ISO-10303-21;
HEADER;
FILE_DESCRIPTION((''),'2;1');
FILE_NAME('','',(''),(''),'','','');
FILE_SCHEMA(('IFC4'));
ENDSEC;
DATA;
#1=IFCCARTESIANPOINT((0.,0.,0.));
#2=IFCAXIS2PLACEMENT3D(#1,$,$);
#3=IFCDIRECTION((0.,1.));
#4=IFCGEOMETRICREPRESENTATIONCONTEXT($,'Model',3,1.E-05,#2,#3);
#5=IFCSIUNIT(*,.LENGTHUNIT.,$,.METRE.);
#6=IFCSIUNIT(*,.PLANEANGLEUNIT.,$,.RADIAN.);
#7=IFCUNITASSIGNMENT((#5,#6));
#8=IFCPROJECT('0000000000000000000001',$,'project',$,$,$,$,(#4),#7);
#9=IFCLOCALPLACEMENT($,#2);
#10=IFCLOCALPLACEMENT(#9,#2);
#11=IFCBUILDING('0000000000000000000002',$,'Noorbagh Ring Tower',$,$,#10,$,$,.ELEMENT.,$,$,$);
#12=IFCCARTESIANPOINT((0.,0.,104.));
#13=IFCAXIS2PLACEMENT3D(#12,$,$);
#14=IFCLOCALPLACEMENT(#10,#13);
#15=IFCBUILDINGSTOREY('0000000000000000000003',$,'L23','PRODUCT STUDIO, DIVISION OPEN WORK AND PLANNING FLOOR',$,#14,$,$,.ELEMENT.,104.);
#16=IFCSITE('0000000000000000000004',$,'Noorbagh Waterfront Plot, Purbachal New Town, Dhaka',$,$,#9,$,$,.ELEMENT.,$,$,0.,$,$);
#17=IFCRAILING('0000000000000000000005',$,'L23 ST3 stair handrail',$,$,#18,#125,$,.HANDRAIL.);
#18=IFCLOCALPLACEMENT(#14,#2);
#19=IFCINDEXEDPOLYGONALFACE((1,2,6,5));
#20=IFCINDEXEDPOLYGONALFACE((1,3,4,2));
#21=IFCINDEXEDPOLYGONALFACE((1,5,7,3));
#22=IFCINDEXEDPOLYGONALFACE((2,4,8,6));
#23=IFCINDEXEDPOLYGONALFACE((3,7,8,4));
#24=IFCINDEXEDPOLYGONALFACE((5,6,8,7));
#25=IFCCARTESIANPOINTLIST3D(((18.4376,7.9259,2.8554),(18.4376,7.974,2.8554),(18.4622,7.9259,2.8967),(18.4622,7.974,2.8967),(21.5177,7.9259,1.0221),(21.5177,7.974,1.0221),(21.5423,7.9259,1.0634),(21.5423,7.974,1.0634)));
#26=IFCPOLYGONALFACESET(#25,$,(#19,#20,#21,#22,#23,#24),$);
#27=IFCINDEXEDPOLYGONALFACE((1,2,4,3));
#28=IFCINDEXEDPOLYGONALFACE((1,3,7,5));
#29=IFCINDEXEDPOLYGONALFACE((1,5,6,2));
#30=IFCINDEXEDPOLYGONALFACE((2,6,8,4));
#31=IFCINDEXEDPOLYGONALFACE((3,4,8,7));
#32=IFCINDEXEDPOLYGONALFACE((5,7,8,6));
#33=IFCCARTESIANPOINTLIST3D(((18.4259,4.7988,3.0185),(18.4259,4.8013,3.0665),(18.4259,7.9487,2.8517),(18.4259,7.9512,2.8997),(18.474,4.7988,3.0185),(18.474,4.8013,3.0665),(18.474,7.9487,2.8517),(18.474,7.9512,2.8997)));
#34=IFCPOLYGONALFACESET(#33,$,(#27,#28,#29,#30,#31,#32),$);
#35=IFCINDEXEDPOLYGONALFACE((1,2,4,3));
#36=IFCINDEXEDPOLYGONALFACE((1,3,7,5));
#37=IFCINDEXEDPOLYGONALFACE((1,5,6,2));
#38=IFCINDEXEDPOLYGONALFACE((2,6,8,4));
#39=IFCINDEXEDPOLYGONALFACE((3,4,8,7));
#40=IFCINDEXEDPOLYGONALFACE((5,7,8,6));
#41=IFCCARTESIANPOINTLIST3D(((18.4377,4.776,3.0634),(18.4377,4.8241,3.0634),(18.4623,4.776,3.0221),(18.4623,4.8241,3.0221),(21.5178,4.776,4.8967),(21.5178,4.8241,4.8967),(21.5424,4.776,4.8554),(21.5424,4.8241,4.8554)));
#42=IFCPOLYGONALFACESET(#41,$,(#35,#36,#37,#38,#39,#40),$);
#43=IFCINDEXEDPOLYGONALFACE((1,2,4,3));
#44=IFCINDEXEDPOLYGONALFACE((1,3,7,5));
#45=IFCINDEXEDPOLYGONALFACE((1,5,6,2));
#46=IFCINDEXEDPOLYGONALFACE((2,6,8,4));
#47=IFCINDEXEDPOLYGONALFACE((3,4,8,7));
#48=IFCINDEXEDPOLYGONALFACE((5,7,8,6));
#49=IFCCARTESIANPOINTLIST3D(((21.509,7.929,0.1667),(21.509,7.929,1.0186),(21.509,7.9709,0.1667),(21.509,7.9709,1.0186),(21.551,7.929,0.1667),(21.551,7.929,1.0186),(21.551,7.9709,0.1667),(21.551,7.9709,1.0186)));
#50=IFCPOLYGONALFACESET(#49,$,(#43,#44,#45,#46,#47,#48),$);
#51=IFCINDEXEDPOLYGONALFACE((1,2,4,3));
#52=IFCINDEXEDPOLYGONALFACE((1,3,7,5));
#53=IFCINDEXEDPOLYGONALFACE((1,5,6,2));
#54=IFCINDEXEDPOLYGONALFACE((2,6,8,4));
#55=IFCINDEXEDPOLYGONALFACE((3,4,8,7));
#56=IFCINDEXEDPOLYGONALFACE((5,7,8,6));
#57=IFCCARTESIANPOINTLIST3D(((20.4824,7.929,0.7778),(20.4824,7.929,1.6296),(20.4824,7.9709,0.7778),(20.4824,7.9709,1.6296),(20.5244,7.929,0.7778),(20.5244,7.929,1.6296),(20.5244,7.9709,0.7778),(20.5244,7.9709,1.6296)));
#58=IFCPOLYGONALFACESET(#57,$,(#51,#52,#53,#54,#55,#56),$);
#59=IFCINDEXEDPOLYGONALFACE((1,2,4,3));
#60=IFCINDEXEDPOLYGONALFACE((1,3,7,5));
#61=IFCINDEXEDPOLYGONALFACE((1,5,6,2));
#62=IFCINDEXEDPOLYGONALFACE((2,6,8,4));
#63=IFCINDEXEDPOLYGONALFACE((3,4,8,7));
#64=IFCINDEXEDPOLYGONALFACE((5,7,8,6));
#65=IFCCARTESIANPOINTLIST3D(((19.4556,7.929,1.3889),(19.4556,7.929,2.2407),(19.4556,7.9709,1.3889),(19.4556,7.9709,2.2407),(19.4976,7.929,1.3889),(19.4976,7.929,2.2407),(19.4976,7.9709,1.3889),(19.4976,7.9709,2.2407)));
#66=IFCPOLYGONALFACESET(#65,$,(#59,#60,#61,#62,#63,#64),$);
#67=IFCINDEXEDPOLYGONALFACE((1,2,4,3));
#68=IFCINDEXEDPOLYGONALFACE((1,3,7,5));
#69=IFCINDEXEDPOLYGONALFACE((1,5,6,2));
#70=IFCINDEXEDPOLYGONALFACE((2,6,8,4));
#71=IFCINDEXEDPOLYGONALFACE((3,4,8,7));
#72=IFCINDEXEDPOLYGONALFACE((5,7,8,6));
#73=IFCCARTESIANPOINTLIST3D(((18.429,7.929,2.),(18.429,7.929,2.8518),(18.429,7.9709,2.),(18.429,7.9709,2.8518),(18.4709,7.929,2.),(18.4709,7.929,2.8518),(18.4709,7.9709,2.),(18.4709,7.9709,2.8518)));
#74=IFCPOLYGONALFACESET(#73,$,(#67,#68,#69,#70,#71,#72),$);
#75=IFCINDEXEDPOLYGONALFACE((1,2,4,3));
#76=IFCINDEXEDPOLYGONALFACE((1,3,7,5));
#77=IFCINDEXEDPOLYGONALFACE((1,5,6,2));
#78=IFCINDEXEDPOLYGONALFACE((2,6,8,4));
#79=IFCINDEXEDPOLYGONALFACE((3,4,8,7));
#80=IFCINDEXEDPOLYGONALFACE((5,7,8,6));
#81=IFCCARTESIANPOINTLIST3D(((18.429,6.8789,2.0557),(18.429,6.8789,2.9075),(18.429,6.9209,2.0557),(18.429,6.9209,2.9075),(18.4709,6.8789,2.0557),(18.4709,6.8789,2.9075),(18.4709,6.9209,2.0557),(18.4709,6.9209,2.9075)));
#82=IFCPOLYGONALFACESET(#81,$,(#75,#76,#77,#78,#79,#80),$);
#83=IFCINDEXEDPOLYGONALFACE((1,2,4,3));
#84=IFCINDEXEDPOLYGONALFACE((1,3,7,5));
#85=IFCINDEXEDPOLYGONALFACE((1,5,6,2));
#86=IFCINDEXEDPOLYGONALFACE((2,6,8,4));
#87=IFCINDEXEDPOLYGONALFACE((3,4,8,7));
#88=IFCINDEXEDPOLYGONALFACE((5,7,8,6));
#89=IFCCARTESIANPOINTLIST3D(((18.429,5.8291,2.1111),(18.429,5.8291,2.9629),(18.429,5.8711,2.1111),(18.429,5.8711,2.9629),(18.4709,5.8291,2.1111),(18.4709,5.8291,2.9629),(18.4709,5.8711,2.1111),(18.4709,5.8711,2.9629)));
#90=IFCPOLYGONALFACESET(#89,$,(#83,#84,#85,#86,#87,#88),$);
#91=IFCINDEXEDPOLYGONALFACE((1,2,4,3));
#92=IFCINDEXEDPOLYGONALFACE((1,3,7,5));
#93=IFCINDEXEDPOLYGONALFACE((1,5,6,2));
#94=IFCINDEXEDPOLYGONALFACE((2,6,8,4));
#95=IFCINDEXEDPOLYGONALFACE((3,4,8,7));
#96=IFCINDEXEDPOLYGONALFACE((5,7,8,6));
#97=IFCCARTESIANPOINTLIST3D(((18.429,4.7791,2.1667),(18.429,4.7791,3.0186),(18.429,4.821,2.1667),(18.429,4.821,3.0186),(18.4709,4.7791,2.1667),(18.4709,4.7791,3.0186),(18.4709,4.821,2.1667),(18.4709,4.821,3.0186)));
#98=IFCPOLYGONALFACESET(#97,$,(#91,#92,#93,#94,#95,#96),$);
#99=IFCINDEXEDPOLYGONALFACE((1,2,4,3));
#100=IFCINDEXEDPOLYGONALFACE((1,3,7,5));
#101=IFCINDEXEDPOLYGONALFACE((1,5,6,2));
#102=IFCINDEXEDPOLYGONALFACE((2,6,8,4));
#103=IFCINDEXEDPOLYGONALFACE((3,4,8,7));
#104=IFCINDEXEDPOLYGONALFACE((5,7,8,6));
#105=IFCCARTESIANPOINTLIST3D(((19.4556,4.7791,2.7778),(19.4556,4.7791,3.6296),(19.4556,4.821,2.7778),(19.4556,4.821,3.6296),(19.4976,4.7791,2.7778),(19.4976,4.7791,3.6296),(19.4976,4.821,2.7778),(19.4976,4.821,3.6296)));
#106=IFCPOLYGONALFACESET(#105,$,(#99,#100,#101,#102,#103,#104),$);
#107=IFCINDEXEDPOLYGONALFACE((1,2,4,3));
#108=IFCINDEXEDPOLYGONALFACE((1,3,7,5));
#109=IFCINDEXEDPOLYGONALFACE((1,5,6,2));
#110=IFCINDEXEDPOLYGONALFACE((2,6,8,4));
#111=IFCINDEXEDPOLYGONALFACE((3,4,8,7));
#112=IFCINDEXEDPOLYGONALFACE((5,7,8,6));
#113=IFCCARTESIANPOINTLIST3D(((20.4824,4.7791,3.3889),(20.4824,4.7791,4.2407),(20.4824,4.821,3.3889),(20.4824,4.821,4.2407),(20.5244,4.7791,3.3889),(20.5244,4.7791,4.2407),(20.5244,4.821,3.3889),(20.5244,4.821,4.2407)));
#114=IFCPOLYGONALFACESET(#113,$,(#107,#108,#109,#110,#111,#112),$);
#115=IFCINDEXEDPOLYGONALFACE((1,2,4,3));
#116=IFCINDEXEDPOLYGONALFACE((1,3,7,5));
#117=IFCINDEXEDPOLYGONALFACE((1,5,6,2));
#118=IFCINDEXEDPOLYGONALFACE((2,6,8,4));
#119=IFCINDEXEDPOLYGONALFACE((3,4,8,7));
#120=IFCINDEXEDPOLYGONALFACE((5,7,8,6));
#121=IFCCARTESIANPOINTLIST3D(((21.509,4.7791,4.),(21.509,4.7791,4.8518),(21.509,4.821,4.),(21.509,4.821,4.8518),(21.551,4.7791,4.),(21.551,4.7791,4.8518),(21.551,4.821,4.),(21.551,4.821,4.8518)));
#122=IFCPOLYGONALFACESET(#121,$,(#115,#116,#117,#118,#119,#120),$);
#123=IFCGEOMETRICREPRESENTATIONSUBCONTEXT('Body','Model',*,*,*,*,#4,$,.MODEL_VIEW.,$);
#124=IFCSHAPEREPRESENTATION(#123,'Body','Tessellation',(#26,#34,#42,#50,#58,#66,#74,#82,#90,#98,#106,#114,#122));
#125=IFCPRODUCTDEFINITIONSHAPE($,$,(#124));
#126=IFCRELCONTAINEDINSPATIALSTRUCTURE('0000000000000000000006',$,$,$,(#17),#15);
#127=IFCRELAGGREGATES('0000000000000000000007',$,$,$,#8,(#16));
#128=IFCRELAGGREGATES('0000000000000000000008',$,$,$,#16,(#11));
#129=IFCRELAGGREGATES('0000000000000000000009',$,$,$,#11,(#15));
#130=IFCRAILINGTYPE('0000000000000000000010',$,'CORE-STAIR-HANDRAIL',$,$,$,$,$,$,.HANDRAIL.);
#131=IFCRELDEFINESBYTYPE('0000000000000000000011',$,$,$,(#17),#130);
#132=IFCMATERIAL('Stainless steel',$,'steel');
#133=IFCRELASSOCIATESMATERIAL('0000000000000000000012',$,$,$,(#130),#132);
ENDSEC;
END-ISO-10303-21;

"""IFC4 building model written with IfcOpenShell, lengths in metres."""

from ifc_helpers import new_model, si_unit, direction, frame, origin, origin_2d, place, context, subcontext, project, spatial, rectangle, extrude, material, type_object, element, save


model = new_model("IFC4")

# Units and contexts
model_context = context("Model", 3, precision=1e-05, world=origin(), true_north=direction((0.0, 1.0)))
body_context = subcontext(model_context, "Body", "Model", "MODEL_VIEW")
ifc_project = project(units=[si_unit("LENGTHUNIT", "METRE"), si_unit("PLANEANGLEUNIT", "RADIAN")], contexts=[model_context])

# Site, building, storey
site_placement = place(None, origin())
site = spatial("IfcSite", under=ifc_project, at=site_placement, Name="Noorbagh Waterfront Plot, Purbachal New Town, Dhaka", CompositionType="ELEMENT", RefElevation=0.0)
building_placement = place(site_placement, origin())
building = spatial("IfcBuilding", under=site, at=building_placement, Name="Noorbagh Ring Tower", CompositionType="ELEMENT")
storey_placement = place(building_placement, frame((0.0, 0.0, 104.0)))
storey = spatial("IfcBuildingStorey", under=building, at=storey_placement, Name="L23", Description="PRODUCT STUDIO, DIVISION OPEN WORK AND PLANNING FLOOR", CompositionType="ELEMENT", Elevation=104.0)

# Railing
ifc_material_1 = material(Name="Stainless steel", Category="steel")
railing_type_1 = type_object("IfcRailingType", Name="CORE-STAIR-HANDRAIL", PredefinedType="HANDRAIL", material=ifc_material_1)
railing_1_placement = place(storey_placement, frame((21.53, 7.95, 0.1667)))
element("IfcRailing", 1, at=railing_1_placement, inside=storey, type_object=railing_type_1, Name="L23 ST3 stair handrail", PredefinedType="HANDRAIL", context=body_context, shape_type="SweptSolid", body=[
    extrude(rectangle(XDim=0.0481, YDim=0.0481, at=origin_2d()), frame((0.0, 0.0, 0.876), z_axis=(-0.859309, 0.0, 0.511458), x_axis=(0.0, -1.0, 0.0)), (0.0, 0.0, 1.0), 3.5845),
    extrude(rectangle(XDim=0.0481, YDim=0.0481, at=origin_2d()), frame((-3.0801, 0.0, 2.709), z_axis=(0.0, -0.998602, 0.052864), x_axis=(1.0, 0.0, 0.0)), (0.0, 0.0, 1.0), 3.1543),
    extrude(rectangle(XDim=0.0481, YDim=0.0481, at=origin_2d()), frame((-3.0801, -3.1499, 2.876), z_axis=(0.859309, 0.0, 0.511458), x_axis=(0.0, 1.0, 0.0)), (0.0, 0.0, 1.0), 3.5845),
    extrude(rectangle(XDim=0.042, YDim=0.042, at=origin_2d()), origin(), (0.0, 0.0, 1.0), 0.8518),
    extrude(rectangle(XDim=0.042, YDim=0.042, at=origin_2d()), frame((-1.0266, 0.0, 0.6111)), (0.0, 0.0, 1.0), 0.8518),
    extrude(rectangle(XDim=0.042, YDim=0.042, at=origin_2d()), frame((-2.0535, 0.0, 1.2222)), (0.0, 0.0, 1.0), 0.8518),
    extrude(rectangle(XDim=0.042, YDim=0.042, at=origin_2d()), frame((-3.0801, 0.0, 1.8333)), (0.0, 0.0, 1.0), 0.8518),
    extrude(rectangle(XDim=0.042, YDim=0.042, at=origin_2d()), frame((-3.0801, -1.05, 1.8889)), (0.0, 0.0, 1.0), 0.8518),
    extrude(rectangle(XDim=0.042, YDim=0.042, at=origin_2d()), frame((-3.0801, -2.0999, 1.9443)), (0.0, 0.0, 1.0), 0.8518),
    extrude(rectangle(XDim=0.042, YDim=0.042, at=origin_2d()), frame((-3.0801, -3.1499, 2.0)), (0.0, 0.0, 1.0), 0.8518),
    extrude(rectangle(XDim=0.042, YDim=0.042, at=origin_2d()), frame((-2.0535, -3.1499, 2.6111)), (0.0, 0.0, 1.0), 0.8518),
    extrude(rectangle(XDim=0.042, YDim=0.042, at=origin_2d()), frame((-1.0266, -3.1499, 3.2222)), (0.0, 0.0, 1.0), 0.8518),
    extrude(rectangle(XDim=0.042, YDim=0.042, at=origin_2d()), frame((0.0, -3.1499, 3.8333)), (0.0, 0.0, 1.0), 0.8518),
])

save(model, "model.ifc")
